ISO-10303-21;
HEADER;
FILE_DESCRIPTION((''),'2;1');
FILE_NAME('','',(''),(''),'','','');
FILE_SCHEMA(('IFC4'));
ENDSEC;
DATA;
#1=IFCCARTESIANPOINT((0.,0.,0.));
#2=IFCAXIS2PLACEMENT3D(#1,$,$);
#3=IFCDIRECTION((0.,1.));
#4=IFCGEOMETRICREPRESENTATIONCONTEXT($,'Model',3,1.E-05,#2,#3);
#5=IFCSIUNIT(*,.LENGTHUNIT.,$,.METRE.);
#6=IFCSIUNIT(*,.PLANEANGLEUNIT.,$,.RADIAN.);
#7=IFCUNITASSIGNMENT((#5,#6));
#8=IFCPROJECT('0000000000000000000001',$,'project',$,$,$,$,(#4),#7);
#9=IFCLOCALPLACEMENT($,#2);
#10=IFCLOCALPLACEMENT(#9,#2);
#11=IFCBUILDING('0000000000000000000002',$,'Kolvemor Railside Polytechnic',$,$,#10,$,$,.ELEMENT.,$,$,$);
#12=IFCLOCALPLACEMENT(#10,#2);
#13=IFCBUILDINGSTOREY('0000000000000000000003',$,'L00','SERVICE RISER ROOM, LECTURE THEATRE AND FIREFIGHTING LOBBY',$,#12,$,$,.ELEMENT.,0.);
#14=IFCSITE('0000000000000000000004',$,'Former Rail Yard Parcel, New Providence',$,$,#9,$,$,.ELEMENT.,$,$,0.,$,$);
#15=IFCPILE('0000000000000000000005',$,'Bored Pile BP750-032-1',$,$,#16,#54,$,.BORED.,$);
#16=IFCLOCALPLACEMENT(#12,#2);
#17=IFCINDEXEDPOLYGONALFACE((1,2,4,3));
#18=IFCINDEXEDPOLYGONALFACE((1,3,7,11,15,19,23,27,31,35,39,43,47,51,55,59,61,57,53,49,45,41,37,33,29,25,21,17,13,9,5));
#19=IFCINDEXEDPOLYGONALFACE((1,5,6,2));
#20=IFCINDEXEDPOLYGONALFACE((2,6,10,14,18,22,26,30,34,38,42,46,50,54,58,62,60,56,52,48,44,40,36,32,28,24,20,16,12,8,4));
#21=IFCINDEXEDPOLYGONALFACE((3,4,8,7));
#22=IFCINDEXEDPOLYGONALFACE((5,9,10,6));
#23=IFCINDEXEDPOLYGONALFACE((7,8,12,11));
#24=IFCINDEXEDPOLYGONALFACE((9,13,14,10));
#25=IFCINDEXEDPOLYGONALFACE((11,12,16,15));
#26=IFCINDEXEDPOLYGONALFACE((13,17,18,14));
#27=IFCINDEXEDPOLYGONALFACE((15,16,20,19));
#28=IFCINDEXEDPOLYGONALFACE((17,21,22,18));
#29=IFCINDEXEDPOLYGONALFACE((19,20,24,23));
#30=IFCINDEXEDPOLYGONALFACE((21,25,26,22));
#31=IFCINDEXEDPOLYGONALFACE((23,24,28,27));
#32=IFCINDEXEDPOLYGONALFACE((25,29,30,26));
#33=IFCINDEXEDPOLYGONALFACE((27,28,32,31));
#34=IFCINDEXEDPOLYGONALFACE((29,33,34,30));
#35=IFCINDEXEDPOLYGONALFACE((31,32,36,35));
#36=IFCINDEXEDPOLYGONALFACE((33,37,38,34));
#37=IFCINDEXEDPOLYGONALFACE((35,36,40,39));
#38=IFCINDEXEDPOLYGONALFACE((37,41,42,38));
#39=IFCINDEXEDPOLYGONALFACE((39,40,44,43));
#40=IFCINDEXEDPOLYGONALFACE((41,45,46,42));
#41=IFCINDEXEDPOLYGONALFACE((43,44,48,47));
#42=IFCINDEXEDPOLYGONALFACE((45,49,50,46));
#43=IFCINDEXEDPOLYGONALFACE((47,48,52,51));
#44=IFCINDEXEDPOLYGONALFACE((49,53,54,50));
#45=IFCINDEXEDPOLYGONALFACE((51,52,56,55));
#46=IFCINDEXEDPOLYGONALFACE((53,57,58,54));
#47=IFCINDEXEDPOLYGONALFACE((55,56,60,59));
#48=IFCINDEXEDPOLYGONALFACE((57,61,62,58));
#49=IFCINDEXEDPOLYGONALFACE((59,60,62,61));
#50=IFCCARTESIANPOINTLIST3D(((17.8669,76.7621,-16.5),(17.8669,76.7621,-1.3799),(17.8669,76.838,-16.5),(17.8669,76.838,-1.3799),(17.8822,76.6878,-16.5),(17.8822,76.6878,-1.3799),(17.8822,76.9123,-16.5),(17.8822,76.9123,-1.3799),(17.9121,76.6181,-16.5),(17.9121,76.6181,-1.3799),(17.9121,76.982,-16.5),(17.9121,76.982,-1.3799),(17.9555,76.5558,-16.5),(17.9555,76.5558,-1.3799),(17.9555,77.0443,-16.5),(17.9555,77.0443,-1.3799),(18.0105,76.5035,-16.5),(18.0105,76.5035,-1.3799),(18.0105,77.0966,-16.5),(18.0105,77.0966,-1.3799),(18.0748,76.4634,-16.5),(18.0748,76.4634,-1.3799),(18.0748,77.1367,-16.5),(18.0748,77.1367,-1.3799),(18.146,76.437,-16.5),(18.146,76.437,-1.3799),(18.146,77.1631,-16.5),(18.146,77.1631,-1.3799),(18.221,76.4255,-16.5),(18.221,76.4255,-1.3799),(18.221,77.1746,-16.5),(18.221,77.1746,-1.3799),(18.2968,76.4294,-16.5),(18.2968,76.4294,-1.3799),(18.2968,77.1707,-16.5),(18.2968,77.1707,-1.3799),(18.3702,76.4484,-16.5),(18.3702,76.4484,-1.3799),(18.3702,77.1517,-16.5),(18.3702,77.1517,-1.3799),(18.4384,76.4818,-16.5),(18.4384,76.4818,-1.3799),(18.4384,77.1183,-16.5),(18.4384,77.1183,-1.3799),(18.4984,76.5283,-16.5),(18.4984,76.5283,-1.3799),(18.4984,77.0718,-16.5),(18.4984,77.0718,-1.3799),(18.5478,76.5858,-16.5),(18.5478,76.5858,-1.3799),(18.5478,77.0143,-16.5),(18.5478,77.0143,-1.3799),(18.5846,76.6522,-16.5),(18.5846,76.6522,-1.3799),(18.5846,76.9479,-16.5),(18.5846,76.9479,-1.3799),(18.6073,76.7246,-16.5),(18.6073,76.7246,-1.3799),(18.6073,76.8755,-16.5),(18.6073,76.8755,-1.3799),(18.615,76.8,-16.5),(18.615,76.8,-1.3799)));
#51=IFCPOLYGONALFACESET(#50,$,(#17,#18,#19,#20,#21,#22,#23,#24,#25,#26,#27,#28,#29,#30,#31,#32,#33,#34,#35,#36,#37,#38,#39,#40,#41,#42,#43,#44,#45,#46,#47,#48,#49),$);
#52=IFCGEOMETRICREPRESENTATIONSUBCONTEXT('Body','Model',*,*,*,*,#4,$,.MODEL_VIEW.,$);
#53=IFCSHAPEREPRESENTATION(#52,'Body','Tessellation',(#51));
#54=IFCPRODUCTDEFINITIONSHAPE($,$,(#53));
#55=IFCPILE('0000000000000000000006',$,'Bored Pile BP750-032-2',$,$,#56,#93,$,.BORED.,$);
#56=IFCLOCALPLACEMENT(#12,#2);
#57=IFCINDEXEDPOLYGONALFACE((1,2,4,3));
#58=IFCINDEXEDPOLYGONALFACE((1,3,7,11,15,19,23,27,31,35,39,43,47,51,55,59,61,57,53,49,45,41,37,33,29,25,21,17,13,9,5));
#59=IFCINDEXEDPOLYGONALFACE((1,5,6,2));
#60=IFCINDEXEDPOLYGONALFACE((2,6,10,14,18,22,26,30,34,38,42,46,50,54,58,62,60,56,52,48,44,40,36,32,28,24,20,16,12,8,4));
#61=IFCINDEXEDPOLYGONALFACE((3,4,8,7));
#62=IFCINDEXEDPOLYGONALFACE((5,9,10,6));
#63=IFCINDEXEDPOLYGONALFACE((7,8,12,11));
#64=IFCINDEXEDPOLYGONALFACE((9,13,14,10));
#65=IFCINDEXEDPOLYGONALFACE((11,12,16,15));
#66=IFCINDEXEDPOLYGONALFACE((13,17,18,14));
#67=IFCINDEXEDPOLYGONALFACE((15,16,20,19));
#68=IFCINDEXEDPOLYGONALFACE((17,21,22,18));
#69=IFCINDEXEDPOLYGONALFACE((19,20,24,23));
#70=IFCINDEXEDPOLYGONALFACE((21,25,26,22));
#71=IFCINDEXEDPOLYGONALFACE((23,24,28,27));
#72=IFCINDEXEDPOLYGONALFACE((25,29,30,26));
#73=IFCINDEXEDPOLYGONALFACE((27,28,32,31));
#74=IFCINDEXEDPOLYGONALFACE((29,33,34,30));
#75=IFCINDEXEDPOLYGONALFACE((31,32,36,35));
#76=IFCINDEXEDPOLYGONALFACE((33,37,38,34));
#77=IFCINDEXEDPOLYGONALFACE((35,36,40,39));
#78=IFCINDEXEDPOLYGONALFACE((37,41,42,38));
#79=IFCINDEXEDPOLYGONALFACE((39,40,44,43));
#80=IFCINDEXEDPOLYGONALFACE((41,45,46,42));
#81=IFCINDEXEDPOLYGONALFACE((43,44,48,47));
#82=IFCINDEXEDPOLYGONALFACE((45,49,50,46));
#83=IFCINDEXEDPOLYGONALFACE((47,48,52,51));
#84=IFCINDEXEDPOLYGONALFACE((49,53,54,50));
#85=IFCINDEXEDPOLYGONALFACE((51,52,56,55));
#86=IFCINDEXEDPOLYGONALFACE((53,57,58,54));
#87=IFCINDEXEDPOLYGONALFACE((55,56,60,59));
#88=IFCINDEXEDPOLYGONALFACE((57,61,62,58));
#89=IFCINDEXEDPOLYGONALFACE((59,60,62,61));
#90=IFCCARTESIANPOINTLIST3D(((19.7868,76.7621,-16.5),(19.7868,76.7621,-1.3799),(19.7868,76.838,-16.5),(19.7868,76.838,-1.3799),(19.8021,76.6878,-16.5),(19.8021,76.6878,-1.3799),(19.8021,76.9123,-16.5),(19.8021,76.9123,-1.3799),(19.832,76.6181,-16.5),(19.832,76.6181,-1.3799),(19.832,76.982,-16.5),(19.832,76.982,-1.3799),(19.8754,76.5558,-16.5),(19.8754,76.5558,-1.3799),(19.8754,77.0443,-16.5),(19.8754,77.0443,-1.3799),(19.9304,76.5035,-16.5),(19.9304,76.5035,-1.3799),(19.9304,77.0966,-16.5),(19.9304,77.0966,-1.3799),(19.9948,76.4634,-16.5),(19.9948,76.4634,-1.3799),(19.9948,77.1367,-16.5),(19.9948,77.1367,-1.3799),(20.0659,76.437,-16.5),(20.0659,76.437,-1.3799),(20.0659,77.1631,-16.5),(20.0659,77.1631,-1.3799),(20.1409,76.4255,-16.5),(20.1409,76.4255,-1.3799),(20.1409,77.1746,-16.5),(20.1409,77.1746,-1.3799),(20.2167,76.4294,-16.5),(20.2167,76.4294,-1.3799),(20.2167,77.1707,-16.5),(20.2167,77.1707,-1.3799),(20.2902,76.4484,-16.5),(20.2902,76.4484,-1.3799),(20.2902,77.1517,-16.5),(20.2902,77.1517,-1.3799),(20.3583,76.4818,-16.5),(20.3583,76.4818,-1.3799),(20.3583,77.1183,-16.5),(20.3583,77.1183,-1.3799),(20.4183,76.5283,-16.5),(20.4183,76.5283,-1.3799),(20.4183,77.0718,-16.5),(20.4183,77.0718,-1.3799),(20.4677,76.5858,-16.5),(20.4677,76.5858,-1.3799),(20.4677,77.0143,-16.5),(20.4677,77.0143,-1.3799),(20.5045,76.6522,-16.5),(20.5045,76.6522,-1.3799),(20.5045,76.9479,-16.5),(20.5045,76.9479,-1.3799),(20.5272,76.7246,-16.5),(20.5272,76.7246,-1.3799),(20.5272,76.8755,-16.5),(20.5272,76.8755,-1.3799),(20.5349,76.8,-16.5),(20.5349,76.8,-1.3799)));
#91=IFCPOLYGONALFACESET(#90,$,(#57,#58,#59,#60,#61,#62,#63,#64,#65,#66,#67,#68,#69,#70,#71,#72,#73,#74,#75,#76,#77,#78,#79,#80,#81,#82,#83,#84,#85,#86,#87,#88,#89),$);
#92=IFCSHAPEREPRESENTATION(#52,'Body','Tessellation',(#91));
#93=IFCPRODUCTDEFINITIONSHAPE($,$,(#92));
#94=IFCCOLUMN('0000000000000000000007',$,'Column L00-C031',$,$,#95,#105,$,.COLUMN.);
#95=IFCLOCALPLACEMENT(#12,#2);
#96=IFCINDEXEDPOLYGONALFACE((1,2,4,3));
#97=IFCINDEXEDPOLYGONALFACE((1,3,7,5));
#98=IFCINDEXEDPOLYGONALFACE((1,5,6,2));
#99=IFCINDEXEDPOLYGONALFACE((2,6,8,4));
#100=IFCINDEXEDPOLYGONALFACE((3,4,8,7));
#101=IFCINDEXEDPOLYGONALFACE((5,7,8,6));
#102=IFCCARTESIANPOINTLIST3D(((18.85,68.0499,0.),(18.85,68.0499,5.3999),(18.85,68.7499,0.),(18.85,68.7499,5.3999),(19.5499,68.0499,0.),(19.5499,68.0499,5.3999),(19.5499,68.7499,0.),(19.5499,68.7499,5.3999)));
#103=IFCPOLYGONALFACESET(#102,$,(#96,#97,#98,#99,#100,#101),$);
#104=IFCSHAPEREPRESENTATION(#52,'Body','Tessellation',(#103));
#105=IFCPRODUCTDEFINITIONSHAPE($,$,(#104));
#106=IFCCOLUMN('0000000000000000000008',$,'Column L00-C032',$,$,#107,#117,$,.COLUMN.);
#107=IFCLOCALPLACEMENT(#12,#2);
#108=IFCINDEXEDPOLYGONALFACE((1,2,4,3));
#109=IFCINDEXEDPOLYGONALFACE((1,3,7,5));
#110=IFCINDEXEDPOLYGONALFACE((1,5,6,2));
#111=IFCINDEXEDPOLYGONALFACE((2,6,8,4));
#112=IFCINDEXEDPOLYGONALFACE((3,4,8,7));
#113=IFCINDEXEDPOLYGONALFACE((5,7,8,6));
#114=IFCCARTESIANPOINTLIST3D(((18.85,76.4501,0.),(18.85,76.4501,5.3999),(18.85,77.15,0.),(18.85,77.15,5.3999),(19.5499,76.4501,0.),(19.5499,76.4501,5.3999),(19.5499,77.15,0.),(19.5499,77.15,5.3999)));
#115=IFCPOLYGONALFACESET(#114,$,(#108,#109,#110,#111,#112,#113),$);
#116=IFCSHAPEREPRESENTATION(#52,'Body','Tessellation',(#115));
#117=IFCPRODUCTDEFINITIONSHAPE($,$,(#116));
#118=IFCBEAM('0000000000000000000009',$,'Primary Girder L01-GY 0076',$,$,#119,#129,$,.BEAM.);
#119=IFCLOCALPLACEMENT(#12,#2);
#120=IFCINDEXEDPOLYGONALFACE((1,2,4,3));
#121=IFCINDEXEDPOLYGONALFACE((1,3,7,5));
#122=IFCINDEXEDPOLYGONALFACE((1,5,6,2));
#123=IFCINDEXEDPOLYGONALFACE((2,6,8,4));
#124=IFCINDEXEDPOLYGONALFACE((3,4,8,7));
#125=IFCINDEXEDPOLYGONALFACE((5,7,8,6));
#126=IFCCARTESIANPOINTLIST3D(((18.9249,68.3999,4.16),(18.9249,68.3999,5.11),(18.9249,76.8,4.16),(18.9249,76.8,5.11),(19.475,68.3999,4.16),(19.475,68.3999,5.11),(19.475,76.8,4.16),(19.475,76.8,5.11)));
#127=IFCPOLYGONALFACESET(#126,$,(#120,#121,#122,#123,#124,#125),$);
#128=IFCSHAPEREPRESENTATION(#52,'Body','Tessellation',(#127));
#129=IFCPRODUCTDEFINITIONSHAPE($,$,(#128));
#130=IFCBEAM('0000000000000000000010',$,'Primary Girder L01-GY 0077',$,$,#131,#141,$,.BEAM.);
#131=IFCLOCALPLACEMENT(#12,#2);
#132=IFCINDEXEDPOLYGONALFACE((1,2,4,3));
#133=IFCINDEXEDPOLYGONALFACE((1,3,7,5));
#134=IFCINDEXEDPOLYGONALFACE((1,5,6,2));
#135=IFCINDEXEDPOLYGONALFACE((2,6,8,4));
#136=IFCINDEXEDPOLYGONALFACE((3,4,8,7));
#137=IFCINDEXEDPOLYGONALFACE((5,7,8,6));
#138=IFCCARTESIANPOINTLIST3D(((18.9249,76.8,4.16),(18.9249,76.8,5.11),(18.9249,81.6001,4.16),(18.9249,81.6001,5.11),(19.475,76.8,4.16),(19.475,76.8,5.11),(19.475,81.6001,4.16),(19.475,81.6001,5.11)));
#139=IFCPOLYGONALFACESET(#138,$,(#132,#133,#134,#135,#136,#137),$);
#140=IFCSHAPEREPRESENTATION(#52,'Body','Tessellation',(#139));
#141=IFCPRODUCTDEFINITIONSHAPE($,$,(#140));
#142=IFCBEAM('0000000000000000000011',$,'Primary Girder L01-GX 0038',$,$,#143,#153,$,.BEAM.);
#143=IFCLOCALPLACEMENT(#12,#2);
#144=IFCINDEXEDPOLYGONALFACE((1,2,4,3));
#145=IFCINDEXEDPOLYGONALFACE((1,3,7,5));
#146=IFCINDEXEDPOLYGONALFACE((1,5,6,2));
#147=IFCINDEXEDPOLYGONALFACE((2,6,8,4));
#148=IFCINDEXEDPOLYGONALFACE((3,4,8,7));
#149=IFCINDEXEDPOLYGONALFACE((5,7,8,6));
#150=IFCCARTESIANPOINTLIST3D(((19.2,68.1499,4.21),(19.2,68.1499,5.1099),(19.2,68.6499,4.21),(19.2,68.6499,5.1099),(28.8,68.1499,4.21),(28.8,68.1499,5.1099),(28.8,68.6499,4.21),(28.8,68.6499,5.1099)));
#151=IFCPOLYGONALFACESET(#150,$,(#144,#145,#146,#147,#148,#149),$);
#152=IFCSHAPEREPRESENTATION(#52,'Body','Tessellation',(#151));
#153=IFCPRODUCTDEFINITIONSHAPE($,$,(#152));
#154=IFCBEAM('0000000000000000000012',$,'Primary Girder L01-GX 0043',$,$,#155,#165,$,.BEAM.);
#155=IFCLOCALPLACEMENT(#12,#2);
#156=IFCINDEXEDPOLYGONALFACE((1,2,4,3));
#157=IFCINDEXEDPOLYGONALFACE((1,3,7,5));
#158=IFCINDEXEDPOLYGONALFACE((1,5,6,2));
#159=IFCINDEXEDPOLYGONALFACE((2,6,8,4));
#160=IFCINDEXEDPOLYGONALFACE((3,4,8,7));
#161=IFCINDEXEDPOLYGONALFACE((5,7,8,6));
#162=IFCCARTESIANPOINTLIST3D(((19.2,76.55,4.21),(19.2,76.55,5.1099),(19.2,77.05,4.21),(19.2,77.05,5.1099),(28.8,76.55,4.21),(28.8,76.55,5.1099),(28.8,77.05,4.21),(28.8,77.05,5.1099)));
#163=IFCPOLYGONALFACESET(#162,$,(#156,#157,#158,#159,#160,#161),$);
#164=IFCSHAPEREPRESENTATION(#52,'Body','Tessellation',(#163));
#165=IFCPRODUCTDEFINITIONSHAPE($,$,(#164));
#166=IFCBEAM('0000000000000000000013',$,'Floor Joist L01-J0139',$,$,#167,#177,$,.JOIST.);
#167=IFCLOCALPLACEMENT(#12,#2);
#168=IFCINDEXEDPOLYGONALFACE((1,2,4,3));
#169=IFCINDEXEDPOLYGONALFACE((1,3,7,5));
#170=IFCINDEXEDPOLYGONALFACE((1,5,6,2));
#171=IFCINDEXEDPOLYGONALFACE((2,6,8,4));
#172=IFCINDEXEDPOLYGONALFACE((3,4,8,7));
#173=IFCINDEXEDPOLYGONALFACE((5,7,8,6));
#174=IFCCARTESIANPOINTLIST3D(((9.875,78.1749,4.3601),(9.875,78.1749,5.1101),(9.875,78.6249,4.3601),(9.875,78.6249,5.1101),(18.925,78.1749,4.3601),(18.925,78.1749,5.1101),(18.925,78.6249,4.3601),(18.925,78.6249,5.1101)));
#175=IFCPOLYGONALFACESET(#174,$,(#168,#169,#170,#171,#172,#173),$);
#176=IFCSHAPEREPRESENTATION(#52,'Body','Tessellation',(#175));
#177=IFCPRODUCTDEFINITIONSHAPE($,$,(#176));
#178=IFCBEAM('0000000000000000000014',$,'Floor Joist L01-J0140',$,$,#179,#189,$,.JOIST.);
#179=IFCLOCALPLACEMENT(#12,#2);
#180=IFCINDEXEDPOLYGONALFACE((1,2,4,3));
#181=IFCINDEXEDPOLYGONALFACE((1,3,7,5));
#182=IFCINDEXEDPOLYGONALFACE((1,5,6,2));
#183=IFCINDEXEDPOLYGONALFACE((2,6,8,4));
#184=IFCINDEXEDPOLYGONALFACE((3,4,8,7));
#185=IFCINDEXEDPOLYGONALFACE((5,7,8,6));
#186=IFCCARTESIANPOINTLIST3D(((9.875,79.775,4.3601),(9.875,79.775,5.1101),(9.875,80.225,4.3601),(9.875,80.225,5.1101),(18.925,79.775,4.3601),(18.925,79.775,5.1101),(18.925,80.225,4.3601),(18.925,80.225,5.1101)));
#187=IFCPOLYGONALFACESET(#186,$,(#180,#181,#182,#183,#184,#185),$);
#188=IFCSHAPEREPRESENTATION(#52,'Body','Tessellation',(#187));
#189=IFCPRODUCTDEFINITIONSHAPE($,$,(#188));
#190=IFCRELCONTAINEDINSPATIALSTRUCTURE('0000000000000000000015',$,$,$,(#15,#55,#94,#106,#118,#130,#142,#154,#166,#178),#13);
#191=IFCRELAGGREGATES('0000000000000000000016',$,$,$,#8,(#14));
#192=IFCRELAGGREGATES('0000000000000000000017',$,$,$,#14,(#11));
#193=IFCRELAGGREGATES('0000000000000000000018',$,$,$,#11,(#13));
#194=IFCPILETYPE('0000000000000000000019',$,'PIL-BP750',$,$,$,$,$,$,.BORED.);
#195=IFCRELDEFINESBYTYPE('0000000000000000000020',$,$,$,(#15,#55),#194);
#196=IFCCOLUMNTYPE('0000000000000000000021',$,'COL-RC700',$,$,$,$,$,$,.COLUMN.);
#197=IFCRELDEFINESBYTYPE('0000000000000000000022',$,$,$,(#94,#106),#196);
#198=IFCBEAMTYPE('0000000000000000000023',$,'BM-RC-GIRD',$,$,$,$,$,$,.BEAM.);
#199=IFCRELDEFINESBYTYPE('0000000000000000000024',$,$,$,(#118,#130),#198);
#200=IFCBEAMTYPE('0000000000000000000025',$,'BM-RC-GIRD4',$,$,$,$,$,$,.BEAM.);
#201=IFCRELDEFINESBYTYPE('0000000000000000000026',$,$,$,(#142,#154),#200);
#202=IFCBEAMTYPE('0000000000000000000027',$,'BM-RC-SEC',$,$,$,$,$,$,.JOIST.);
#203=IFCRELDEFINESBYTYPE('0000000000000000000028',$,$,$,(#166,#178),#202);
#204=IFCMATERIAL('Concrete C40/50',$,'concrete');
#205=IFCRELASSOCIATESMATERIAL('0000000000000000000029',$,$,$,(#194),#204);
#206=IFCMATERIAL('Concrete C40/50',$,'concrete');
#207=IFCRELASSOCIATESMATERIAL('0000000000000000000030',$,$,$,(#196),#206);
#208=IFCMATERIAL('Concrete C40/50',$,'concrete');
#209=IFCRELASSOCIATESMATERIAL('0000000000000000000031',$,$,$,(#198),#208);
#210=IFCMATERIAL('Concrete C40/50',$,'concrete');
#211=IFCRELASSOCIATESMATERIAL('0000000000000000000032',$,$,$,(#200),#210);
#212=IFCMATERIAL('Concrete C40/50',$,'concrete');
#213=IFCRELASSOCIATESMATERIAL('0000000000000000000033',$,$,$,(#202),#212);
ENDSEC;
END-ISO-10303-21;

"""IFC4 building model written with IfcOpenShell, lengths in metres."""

from ifc_helpers import new_model, si_unit, direction, frame, origin, origin_2d, place, context, subcontext, project, spatial, rectangle, circle, extrude, material, material_profile, profile_set, type_object, element, save


model = new_model("IFC4")

# Units and contexts
model_context = context("Model", 3, precision=1e-05, world=origin(), true_north=direction((0.0, 1.0)))
body_context = subcontext(model_context, "Body", "Model", "MODEL_VIEW")
ifc_project = project(units=[si_unit("LENGTHUNIT", "METRE"), si_unit("PLANEANGLEUNIT", "RADIAN")], contexts=[model_context])

# Site, building, storey
site_placement = place(None, origin())
site = spatial("IfcSite", under=ifc_project, at=site_placement, Name="Former Rail Yard Parcel, New Providence", CompositionType="ELEMENT", RefElevation=0.0)
building_placement = place(site_placement, origin())
building = spatial("IfcBuilding", under=site, at=building_placement, Name="Kolvemor Railside Polytechnic", CompositionType="ELEMENT")
storey_placement = place(building_placement, origin())
storey = spatial("IfcBuildingStorey", under=building, at=storey_placement, Name="L00", Description="SERVICE RISER ROOM, LECTURE THEATRE AND FIREFIGHTING LOBBY", CompositionType="ELEMENT", Elevation=0.0)

# Piles
ifc_material_1 = material(Name="Concrete C40/50", Category="concrete")
ifc_material_profile_1 = material_profile(ifc_material_1, circle(Radius=0.375, at=origin_2d()), Name="BP750")
ifc_profile_set_1 = profile_set([ifc_material_profile_1], Name="Concrete C40/50")
pile_type = type_object("IfcPileType", Name="PIL-BP750", PredefinedType="BORED", material=ifc_profile_set_1)
for number, where, z_axis, x_axis, name in (
    (1, (18.24, 76.8, -1.3799), (0.0, 0.0, -1.0), (1.0, 0.0, 0.0), "Bored Pile BP750-032-1"),
    (2, (20.1599, 76.8, -1.3799), (0.0, 0.0, -1.0), (1.0, 0.0, 0.0), "Bored Pile BP750-032-2"),
):
    element("IfcPile", number, at=place(storey_placement, frame(where, z_axis=z_axis, x_axis=x_axis)), inside=storey, type_object=pile_type, Name=name, PredefinedType="BORED", context=body_context, shape_type="SweptSolid", body=[
        extrude(circle(Radius=0.375, at=origin_2d()), origin(), (0.0, 0.0, 1.0), 15.1201),
    ])

# Columns
ifc_material_2 = material(Name="Concrete C40/50", Category="concrete")
ifc_material_profile_2 = material_profile(ifc_material_2, rectangle(XDim=0.7, YDim=0.7, at=origin_2d()), Name="RC700x700")
ifc_profile_set_2 = profile_set([ifc_material_profile_2], Name="Concrete C40/50")
column_type = type_object("IfcColumnType", Name="COL-RC700", PredefinedType="COLUMN", material=ifc_profile_set_2)
for number, where, z_axis, x_axis, name in (
    (3, (19.2, 68.3999, 0.0), (0.0, 0.0, 1.0), (1.0, 0.0, 0.0), "Column L00-C031"),
    (4, (19.2, 76.8, 0.0), (0.0, 0.0, 1.0), (1.0, 0.0, 0.0), "Column L00-C032"),
):
    element("IfcColumn", number, at=place(storey_placement, frame(where, z_axis=z_axis, x_axis=x_axis)), inside=storey, type_object=column_type, Name=name, PredefinedType="COLUMN", context=body_context, shape_type="SweptSolid", body=[
        extrude(rectangle(XDim=0.7, YDim=0.7, at=origin_2d()), origin(), (0.0, 0.0, 1.0), 5.3999),
    ])

# Beams
ifc_material_3 = material(Name="Concrete C40/50", Category="concrete")
ifc_material_profile_3 = material_profile(ifc_material_3, rectangle(XDim=0.55, YDim=0.95, at=origin_2d()), Name="RC550x950")
ifc_profile_set_3 = profile_set([ifc_material_profile_3], Name="Concrete C40/50")
beam_type_1 = type_object("IfcBeamType", Name="BM-RC-GIRD", PredefinedType="BEAM", material=ifc_profile_set_3)
beam_1_placement = place(storey_placement, frame((19.2, 68.3999, 4.635), z_axis=(0.0, 1.0, 0.0), x_axis=(-1.0, 0.0, 0.0)))
element("IfcBeam", 5, at=beam_1_placement, inside=storey, type_object=beam_type_1, Name="Primary Girder L01-GY 0076", PredefinedType="BEAM", context=body_context, shape_type="SweptSolid", body=[
    extrude(rectangle(XDim=0.55, YDim=0.95, at=origin_2d()), origin(), (0.0, 0.0, 1.0), 8.4001),
])
beam_2_placement = place(storey_placement, frame((19.2, 76.8, 4.635), z_axis=(0.0, 1.0, 0.0), x_axis=(-1.0, 0.0, 0.0)))
element("IfcBeam", 6, at=beam_2_placement, inside=storey, type_object=beam_type_1, Name="Primary Girder L01-GY 0077", PredefinedType="BEAM", context=body_context, shape_type="SweptSolid", body=[
    extrude(rectangle(XDim=0.55, YDim=0.95, at=origin_2d()), origin(), (0.0, 0.0, 1.0), 4.8),
])
ifc_material_4 = material(Name="Concrete C40/50", Category="concrete")
ifc_material_profile_4 = material_profile(ifc_material_4, rectangle(XDim=0.5, YDim=0.8999, at=origin_2d()), Name="RC500x900")
ifc_profile_set_4 = profile_set([ifc_material_profile_4], Name="Concrete C40/50")
beam_type_2 = type_object("IfcBeamType", Name="BM-RC-GIRD4", PredefinedType="BEAM", material=ifc_profile_set_4)
for number, where, z_axis, x_axis, name in (
    (7, (19.2, 68.3999, 4.6599), (1.0, 0.0, 0.0), (0.0, 1.0, 0.0), "Primary Girder L01-GX 0038"),
    (8, (19.2, 76.8, 4.6599), (1.0, 0.0, 0.0), (0.0, 1.0, 0.0), "Primary Girder L01-GX 0043"),
):
    element("IfcBeam", number, at=place(storey_placement, frame(where, z_axis=z_axis, x_axis=x_axis)), inside=storey, type_object=beam_type_2, Name=name, PredefinedType="BEAM", context=body_context, shape_type="SweptSolid", body=[
        extrude(rectangle(XDim=0.5, YDim=0.8999, at=origin_2d()), origin(), (0.0, 0.0, 1.0), 9.6001),
    ])
ifc_material_5 = material(Name="Concrete C40/50", Category="concrete")
ifc_material_profile_5 = material_profile(ifc_material_5, rectangle(XDim=0.45, YDim=0.75, at=origin_2d()), Name="RC450x750")
ifc_profile_set_5 = profile_set([ifc_material_profile_5], Name="Concrete C40/50")
beam_type_3 = type_object("IfcBeamType", Name="BM-RC-SEC", PredefinedType="JOIST", material=ifc_profile_set_5)
for number, where, z_axis, x_axis, name in (
    (9, (9.875, 78.3999, 4.7351), (1.0, 0.0, 0.0), (0.0, 1.0, 0.0), "Floor Joist L01-J0139"),
    (10, (9.875, 80.0, 4.7351), (1.0, 0.0, 0.0), (0.0, 1.0, 0.0), "Floor Joist L01-J0140"),
):
    element("IfcBeam", number, at=place(storey_placement, frame(where, z_axis=z_axis, x_axis=x_axis)), inside=storey, type_object=beam_type_3, Name=name, PredefinedType="JOIST", context=body_context, shape_type="SweptSolid", body=[
        extrude(rectangle(XDim=0.45, YDim=0.75, at=origin_2d()), origin(), (0.0, 0.0, 1.0), 9.05),
    ])

save(model, "model.ifc")
